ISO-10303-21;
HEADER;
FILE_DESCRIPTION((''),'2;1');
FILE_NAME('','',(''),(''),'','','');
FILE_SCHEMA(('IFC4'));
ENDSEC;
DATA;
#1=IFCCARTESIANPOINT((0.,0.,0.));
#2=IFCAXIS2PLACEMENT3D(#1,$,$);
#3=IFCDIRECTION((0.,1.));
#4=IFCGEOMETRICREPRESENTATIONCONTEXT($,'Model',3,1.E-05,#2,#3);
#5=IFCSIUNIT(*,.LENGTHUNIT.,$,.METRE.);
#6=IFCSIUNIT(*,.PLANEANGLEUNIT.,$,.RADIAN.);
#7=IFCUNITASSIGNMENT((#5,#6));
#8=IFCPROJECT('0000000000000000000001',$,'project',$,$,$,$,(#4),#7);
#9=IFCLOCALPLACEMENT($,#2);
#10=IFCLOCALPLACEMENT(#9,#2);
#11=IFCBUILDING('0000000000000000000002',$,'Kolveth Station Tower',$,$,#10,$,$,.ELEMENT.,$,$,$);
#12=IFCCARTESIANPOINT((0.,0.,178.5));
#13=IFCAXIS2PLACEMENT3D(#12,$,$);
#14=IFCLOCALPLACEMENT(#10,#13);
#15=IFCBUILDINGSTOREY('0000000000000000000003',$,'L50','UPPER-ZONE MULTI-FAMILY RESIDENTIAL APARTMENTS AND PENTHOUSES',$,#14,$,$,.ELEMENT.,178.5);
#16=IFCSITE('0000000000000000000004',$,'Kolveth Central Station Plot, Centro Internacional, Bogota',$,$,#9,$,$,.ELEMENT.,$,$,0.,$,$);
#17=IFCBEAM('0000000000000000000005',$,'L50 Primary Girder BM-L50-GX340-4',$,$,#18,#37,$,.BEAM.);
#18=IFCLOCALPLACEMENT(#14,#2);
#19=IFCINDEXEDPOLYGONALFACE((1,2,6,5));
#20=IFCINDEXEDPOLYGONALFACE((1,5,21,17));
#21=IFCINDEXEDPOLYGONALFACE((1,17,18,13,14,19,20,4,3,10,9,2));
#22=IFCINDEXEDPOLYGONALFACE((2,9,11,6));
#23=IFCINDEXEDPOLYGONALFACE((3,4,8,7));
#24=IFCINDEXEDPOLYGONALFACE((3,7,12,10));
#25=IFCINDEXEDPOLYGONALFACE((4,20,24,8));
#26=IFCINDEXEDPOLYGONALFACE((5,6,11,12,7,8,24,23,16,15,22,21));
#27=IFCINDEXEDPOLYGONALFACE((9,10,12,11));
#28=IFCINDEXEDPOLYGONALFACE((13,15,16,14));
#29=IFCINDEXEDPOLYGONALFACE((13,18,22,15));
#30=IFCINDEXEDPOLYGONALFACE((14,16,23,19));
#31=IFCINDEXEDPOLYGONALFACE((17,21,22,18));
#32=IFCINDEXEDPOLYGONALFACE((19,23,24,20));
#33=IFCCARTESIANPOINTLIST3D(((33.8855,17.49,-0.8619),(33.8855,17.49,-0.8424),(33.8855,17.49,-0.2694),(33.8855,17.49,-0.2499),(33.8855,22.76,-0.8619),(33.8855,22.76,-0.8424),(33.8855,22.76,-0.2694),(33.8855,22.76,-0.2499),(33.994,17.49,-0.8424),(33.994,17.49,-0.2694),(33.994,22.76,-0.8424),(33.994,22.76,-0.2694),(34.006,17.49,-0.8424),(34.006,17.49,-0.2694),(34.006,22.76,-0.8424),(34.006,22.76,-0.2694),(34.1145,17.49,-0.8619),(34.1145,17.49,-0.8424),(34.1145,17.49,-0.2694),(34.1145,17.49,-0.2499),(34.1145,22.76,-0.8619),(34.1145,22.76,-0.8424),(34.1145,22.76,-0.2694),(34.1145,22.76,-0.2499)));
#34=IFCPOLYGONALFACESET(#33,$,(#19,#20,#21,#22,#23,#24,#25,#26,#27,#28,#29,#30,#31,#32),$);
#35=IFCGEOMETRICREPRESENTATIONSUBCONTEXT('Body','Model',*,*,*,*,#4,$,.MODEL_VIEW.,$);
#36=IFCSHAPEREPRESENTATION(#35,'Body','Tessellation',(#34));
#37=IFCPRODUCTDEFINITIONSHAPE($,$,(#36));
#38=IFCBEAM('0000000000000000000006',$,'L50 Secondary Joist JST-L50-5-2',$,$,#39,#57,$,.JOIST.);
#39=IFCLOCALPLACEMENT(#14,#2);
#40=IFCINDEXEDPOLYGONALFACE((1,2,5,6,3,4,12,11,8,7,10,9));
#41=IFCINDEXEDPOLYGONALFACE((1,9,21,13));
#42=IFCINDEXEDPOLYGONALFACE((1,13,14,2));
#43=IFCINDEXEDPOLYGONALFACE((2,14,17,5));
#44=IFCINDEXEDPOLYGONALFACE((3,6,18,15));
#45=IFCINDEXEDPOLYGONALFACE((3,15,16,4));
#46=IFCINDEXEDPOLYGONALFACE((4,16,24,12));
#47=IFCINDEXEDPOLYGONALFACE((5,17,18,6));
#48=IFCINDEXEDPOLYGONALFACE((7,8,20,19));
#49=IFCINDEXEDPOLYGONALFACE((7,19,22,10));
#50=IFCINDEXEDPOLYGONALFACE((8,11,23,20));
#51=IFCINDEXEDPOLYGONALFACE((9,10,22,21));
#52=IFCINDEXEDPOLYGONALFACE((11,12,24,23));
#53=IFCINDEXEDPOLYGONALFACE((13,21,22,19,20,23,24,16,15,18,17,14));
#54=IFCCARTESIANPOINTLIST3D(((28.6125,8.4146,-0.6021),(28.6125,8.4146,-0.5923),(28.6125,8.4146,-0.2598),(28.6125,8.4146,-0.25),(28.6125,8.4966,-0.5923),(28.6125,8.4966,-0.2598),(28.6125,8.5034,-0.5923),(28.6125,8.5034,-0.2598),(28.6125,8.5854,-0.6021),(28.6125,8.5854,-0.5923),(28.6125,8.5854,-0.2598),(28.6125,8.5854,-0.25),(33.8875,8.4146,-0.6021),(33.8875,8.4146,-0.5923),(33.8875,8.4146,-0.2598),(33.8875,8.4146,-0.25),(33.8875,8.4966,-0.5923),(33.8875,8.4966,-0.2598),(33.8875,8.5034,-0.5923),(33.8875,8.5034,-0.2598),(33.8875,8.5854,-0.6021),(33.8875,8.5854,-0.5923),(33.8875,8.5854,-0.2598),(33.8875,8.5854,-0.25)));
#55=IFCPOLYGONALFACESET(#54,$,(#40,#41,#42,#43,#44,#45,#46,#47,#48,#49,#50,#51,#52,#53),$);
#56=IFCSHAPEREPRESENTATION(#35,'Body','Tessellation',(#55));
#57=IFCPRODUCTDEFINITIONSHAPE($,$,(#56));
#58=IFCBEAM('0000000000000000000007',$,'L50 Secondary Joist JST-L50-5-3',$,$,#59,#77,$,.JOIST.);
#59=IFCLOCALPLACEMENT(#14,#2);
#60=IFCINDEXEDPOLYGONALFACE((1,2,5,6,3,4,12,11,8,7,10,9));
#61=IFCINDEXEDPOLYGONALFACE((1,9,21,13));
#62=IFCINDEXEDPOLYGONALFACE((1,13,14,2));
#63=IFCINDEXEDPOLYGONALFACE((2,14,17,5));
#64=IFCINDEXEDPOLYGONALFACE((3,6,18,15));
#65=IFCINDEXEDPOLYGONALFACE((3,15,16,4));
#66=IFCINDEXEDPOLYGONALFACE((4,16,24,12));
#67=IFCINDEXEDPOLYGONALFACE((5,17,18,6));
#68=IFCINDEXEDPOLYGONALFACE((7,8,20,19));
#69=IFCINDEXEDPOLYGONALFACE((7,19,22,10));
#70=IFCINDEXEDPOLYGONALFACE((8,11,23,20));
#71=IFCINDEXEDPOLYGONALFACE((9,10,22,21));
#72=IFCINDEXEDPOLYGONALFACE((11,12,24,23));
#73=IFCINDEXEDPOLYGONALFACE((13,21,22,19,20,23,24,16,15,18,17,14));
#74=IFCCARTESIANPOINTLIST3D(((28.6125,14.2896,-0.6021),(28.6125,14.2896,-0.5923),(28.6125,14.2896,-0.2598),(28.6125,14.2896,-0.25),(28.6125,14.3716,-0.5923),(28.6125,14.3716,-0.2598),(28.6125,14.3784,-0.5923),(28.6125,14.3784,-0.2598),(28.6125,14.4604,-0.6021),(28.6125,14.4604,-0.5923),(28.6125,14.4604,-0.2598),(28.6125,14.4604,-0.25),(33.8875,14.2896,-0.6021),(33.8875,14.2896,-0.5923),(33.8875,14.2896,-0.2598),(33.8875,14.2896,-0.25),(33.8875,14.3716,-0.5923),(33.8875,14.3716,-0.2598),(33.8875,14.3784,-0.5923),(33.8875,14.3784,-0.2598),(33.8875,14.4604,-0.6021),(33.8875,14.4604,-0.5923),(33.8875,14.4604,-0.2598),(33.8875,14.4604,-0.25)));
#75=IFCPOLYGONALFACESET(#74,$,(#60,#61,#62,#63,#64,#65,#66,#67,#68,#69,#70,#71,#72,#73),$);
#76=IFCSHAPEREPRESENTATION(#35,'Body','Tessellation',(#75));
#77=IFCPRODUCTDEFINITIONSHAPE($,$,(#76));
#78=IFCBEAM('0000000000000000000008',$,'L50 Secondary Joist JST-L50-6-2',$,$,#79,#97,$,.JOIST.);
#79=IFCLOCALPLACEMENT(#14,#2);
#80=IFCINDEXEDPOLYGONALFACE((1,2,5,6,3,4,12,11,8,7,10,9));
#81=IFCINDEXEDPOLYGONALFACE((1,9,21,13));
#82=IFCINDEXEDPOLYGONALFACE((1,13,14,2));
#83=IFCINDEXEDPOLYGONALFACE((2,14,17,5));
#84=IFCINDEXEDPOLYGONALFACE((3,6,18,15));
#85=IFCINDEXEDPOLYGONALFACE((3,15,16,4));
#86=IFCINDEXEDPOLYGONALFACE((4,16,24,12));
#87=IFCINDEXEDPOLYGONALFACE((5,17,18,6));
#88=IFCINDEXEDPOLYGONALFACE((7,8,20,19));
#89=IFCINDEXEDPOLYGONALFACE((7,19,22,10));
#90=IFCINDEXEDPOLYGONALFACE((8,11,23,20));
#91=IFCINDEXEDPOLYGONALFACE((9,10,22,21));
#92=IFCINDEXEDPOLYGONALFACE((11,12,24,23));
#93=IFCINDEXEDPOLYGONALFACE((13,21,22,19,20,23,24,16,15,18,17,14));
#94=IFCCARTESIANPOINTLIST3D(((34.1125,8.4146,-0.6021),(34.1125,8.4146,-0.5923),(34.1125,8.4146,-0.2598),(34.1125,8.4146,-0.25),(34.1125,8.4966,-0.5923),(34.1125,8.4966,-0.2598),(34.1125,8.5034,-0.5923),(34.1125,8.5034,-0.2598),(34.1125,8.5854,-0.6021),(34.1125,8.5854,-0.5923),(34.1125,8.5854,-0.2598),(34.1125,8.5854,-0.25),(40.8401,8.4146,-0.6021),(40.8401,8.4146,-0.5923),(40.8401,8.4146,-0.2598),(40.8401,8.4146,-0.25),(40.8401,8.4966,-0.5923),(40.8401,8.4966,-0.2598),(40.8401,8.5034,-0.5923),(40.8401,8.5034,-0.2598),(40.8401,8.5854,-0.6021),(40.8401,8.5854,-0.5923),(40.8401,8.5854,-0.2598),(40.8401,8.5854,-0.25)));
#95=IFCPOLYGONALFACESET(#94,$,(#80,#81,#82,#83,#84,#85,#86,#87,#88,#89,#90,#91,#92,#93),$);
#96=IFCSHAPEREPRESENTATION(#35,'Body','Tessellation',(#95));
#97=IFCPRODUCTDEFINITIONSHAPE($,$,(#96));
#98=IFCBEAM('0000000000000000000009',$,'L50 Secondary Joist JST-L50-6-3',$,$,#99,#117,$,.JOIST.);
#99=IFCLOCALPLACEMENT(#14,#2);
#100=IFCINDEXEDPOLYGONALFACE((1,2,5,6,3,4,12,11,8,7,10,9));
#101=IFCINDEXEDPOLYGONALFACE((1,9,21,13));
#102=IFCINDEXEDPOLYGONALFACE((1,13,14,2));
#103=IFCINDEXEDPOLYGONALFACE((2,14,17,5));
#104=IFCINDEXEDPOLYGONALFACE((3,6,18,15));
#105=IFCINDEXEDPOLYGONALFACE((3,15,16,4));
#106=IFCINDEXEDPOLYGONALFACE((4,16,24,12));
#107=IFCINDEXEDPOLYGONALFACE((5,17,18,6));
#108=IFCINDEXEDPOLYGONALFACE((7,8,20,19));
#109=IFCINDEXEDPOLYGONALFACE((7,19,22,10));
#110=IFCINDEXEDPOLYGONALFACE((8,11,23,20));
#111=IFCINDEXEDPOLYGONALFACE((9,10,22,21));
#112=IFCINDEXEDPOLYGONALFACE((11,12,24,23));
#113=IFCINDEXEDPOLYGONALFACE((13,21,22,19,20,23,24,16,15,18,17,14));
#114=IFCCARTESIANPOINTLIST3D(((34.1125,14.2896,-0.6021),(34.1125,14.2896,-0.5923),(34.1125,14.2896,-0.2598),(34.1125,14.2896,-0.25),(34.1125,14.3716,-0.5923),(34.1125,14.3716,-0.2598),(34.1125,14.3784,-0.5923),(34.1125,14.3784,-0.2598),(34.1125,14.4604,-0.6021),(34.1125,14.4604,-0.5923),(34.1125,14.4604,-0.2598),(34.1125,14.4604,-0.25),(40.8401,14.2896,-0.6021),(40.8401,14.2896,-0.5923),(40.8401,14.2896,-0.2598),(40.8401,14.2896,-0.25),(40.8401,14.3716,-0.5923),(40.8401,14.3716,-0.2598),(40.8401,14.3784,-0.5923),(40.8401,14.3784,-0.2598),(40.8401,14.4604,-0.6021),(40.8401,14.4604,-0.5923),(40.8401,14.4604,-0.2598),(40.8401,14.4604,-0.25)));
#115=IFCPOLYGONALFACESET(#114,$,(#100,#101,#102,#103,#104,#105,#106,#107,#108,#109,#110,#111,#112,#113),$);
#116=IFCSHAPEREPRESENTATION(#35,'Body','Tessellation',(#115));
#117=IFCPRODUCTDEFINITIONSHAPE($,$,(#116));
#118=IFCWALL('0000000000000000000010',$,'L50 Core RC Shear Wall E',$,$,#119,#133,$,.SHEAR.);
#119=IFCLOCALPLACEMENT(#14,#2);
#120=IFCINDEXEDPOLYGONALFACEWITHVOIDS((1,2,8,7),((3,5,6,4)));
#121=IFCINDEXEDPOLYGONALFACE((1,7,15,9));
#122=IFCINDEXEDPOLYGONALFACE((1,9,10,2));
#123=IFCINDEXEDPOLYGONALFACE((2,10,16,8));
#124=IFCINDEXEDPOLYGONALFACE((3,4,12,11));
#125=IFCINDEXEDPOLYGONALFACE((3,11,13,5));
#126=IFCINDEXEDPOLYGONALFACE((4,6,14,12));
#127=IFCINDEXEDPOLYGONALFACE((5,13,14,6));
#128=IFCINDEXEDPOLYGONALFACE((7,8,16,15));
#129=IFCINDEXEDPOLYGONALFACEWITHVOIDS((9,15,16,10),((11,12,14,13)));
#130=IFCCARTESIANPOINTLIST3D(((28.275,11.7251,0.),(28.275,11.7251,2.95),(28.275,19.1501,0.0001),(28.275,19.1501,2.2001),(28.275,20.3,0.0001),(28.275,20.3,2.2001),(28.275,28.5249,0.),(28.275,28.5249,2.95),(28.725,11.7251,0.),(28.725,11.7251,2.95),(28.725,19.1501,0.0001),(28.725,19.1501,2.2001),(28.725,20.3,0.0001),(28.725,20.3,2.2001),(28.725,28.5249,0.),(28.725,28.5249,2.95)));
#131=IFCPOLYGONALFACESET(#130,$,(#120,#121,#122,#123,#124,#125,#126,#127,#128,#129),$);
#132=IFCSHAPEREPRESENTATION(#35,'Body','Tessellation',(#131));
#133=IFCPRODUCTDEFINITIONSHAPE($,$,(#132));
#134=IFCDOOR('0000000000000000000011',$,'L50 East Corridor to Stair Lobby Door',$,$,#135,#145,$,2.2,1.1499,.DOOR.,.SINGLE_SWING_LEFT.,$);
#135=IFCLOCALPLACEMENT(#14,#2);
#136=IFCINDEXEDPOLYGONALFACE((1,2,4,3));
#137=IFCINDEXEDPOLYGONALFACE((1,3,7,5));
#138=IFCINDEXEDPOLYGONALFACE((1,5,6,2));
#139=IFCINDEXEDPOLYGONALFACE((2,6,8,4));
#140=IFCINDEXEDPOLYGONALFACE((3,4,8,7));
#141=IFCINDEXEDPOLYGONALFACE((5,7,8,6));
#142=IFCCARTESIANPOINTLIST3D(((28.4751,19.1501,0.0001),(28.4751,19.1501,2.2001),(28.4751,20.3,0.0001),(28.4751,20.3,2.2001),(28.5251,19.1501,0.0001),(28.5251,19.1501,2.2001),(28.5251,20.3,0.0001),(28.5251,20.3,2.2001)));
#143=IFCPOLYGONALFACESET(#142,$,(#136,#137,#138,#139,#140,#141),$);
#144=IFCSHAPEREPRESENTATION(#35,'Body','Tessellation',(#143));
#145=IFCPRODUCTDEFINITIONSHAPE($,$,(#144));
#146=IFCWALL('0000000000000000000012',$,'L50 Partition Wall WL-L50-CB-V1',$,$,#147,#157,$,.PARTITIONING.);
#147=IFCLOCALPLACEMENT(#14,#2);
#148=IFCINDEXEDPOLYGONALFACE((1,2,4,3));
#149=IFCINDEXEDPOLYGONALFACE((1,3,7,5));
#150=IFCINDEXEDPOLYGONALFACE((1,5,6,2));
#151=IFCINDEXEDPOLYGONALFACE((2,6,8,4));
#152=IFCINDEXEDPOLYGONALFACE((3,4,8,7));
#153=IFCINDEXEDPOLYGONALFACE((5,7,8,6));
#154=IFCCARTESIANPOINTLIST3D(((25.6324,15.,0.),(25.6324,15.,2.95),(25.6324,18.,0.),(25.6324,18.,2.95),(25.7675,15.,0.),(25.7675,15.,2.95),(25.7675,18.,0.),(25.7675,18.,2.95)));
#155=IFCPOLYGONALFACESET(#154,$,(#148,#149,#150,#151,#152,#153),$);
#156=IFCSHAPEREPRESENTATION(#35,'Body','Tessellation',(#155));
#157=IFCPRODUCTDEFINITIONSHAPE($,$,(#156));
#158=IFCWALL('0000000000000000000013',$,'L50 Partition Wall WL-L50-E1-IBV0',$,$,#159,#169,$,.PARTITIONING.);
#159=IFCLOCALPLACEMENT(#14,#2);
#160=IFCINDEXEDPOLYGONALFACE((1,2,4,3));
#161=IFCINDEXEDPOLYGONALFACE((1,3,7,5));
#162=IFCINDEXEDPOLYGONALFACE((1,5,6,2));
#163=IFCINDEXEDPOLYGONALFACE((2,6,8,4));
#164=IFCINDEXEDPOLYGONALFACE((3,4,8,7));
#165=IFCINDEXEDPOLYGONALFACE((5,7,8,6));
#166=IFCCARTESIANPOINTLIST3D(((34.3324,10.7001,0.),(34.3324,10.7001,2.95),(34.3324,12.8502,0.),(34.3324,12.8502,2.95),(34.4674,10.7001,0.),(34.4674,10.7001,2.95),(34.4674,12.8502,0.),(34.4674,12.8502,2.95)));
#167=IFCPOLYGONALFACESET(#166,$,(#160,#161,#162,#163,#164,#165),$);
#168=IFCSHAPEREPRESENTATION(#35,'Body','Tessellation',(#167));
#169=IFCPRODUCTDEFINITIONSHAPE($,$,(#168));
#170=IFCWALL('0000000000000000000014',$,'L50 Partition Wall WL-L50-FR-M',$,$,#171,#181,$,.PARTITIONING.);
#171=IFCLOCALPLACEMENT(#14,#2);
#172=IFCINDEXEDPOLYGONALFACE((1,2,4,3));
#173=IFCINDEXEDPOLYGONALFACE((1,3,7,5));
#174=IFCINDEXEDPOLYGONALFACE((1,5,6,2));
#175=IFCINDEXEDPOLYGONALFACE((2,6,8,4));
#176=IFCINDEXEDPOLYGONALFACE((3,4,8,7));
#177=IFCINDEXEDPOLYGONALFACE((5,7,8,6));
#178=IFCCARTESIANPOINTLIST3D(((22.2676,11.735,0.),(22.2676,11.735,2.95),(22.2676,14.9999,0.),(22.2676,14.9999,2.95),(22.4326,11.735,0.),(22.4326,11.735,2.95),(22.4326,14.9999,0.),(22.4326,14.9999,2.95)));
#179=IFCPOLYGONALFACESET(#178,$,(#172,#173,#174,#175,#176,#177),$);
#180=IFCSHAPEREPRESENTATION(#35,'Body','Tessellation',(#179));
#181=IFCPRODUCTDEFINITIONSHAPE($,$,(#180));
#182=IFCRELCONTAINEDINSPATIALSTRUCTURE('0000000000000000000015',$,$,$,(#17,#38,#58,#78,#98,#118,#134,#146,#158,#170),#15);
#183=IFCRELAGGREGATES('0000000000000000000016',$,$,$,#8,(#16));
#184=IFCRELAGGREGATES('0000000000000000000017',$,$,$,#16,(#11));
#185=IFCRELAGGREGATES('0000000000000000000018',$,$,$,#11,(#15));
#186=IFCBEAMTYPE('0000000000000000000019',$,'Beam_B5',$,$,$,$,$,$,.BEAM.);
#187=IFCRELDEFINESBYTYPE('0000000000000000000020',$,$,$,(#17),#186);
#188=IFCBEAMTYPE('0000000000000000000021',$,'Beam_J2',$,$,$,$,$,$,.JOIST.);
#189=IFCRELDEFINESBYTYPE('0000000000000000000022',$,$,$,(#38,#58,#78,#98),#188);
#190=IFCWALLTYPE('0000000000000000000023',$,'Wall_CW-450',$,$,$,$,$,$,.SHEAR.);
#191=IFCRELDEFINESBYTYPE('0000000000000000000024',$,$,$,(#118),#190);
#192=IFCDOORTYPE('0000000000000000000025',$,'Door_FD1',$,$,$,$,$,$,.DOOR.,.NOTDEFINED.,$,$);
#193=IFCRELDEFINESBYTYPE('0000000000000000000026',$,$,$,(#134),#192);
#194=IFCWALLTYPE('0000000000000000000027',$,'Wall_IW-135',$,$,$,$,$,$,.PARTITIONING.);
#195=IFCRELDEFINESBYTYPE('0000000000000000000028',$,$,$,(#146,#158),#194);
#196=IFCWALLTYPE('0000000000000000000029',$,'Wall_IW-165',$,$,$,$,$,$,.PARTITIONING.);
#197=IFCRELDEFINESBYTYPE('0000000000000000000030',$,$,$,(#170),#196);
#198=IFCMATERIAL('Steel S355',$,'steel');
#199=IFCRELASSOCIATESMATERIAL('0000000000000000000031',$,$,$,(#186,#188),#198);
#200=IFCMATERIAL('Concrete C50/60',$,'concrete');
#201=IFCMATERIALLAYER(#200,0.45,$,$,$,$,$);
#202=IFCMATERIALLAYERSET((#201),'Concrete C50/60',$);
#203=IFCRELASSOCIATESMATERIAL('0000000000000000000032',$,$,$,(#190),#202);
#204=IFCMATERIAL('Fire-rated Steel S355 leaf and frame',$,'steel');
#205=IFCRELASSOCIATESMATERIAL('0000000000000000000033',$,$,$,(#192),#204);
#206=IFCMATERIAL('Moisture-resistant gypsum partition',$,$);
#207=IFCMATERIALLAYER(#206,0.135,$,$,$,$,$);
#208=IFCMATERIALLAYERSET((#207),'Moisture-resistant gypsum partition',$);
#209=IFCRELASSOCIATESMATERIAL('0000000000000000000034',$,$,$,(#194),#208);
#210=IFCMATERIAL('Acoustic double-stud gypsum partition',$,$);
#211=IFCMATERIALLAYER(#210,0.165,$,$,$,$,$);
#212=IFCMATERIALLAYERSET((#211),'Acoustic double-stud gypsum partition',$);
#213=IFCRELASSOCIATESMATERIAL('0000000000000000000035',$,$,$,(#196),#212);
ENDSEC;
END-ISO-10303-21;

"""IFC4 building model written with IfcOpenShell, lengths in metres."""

from ifc_helpers import new_model, si_unit, direction, frame, frame_2d, origin, origin_2d, place, context, subcontext, project, spatial, rectangle, i_section, extrude, source, transform, mapped, material, layer, layer_set, material_profile, profile_set, type_object, element, fill, save


model = new_model("IFC4")

# Units and contexts
model_context = context("Model", 3, precision=1e-05, world=origin(), true_north=direction((0.0, 1.0)))
body_context = subcontext(model_context, "Body", "Model", "MODEL_VIEW")
ifc_project = project(units=[si_unit("LENGTHUNIT", "METRE"), si_unit("PLANEANGLEUNIT", "RADIAN")], contexts=[model_context])

# Site, building, storey
site_placement = place(None, origin())
site = spatial("IfcSite", under=ifc_project, at=site_placement, Name="Kolveth Central Station Plot, Centro Internacional, Bogota", CompositionType="ELEMENT", RefElevation=0.0)
building_placement = place(site_placement, origin())
building = spatial("IfcBuilding", under=site, at=building_placement, Name="Kolveth Station Tower", CompositionType="ELEMENT")
storey_placement = place(building_placement, frame((0.0, 0.0, 178.5)))
storey = spatial("IfcBuildingStorey", under=building, at=storey_placement, Name="L50", Description="UPPER-ZONE MULTI-FAMILY RESIDENTIAL APARTMENTS AND PENTHOUSES", CompositionType="ELEMENT", Elevation=178.5)

# Shared definitions
ifc_material_1 = material(Name="Steel S355", Category="steel")

# Beams
ifc_material_profile_1 = material_profile(ifc_material_1, i_section(OverallWidth=0.229, OverallDepth=0.6121, WebThickness=0.012, FlangeThickness=0.0195, at=origin_2d()), Name="W610x125")
ifc_profile_set_1 = profile_set([ifc_material_profile_1], Name="Steel S355")
beam_type_1 = type_object("IfcBeamType", Name="Beam_B5", PredefinedType="BEAM", material=ifc_profile_set_1)
shared_shape_1 = source(origin(), body_context, "Body", "SweptSolid", [
    extrude(i_section(OverallWidth=0.229, OverallDepth=0.6121, WebThickness=0.012, FlangeThickness=0.0195, at=origin_2d()), origin(), (0.0, 0.0, 1.0), 5.27),
])
for number, where, z_axis, x_axis, name in (
    (1, (34.0, 17.49, -0.5559), (0.0, 1.0, 0.0), (-1.0, 0.0, 0.0), "L50 Primary Girder BM-L50-GX340-4"),
):
    element("IfcBeam", number, at=place(storey_placement, frame(where, z_axis=z_axis, x_axis=x_axis)), inside=storey, type_object=beam_type_1, Name=name, PredefinedType="BEAM", context=body_context, shape_type="MappedRepresentation", body=[
        mapped(shared_shape_1, transform((0.0, 0.0, 0.0), x_axis=(1.0, 0.0, 0.0), y_axis=(0.0, 1.0, 0.0), z_axis=(0.0, 0.0, 1.0), scale=1.0)),
    ])
ifc_material_profile_2 = material_profile(ifc_material_1, i_section(OverallWidth=0.1709, OverallDepth=0.3521, WebThickness=0.0068, FlangeThickness=0.0098, at=origin_2d()), Name="W360x44")
ifc_profile_set_2 = profile_set([ifc_material_profile_2], Name="Steel S355")
beam_type_2 = type_object("IfcBeamType", Name="Beam_J2", PredefinedType="JOIST", material=ifc_profile_set_2)
shared_shape_2 = source(origin(), body_context, "Body", "SweptSolid", [
    extrude(i_section(OverallWidth=0.1709, OverallDepth=0.3521, WebThickness=0.0068, FlangeThickness=0.0098, at=origin_2d()), origin(), (0.0, 0.0, 1.0), 5.2749),
])
for number, where, z_axis, x_axis, name in (
    (2, (28.6125, 8.5, -0.426), (1.0, 0.0, 0.0), (0.0, 1.0, 0.0), "L50 Secondary Joist JST-L50-5-2"),
    (3, (28.6125, 14.375, -0.426), (1.0, 0.0, 0.0), (0.0, 1.0, 0.0), "L50 Secondary Joist JST-L50-5-3"),
):
    element("IfcBeam", number, at=place(storey_placement, frame(where, z_axis=z_axis, x_axis=x_axis)), inside=storey, type_object=beam_type_2, Name=name, PredefinedType="JOIST", context=body_context, shape_type="MappedRepresentation", body=[
        mapped(shared_shape_2, transform((0.0, 0.0, 0.0), x_axis=(1.0, 0.0, 0.0), y_axis=(0.0, 1.0, 0.0), z_axis=(0.0, 0.0, 1.0), scale=1.0)),
    ])
shared_shape_3 = source(origin(), body_context, "Body", "SweptSolid", [
    extrude(i_section(OverallWidth=0.1709, OverallDepth=0.3521, WebThickness=0.0068, FlangeThickness=0.0098, at=origin_2d()), origin(), (0.0, 0.0, 1.0), 6.7275),
])
for number, where, z_axis, x_axis, name in (
    (4, (34.1125, 8.5, -0.426), (1.0, 0.0, 0.0), (0.0, 1.0, 0.0), "L50 Secondary Joist JST-L50-6-2"),
    (5, (34.1125, 14.375, -0.426), (1.0, 0.0, 0.0), (0.0, 1.0, 0.0), "L50 Secondary Joist JST-L50-6-3"),
):
    element("IfcBeam", number, at=place(storey_placement, frame(where, z_axis=z_axis, x_axis=x_axis)), inside=storey, type_object=beam_type_2, Name=name, PredefinedType="JOIST", context=body_context, shape_type="MappedRepresentation", body=[
        mapped(shared_shape_3, transform((0.0, 0.0, 0.0), x_axis=(1.0, 0.0, 0.0), y_axis=(0.0, 1.0, 0.0), z_axis=(0.0, 0.0, 1.0), scale=1.0)),
    ])

# Wall, opening, door
ifc_material_2 = material(Name="Concrete C50/60", Category="concrete")
ifc_layer_1 = layer(ifc_material_2, 0.45)
ifc_layer_set_1 = layer_set([ifc_layer_1], Name="Concrete C50/60")
wall_type_1 = type_object("IfcWallType", Name="Wall_CW-450", PredefinedType="SHEAR", material=ifc_layer_set_1)
wall_1_placement = place(storey_placement, frame((28.5, 11.7251, 0.0), z_axis=(0.0, 0.0, 1.0), x_axis=(0.0, 1.0, 0.0)))
wall_1 = element("IfcWall", 6, at=wall_1_placement, inside=storey, type_object=wall_type_1, Name="L50 Core RC Shear Wall E", PredefinedType="SHEAR", context=body_context, shape_type="SweptSolid", body=[
    extrude(rectangle(XDim=16.7998, YDim=0.45, at=frame_2d((8.3999, 0.0))), origin(), (0.0, 0.0, 1.0), 2.95),
])
opening_1_placement = place(wall_1_placement, frame((7.425, 0.0, 0.0)))
opening_1 = element("IfcOpeningElement", 7, at=opening_1_placement, cuts=wall_1, PredefinedType="OPENING", context=body_context, shape_type="SweptSolid", body=[
    extrude(rectangle(XDim=1.1499, YDim=2.2, at=frame_2d((0.575, 1.1001))), frame((0.0, 0.2349, 0.0), z_axis=(0.0, -1.0, 0.0), x_axis=(1.0, 0.0, 0.0)), (0.0, 0.0, 1.0), 0.47),
])
ifc_material_3 = material(Name="Fire-rated Steel S355 leaf and frame", Category="steel")
door_type_1 = type_object("IfcDoorType", Name="Door_FD1", OperationType="NOTDEFINED", PredefinedType="DOOR", material=ifc_material_3)
door_1_placement = place(opening_1_placement, origin())
door_1 = element("IfcDoor", 8, at=door_1_placement, inside=storey, type_object=door_type_1, Name="L50 East Corridor to Stair Lobby Door", OperationType="SINGLE_SWING_LEFT", OverallHeight=2.2, OverallWidth=1.1499, PredefinedType="DOOR", context=body_context, shape_type="SweptSolid", body=[
    extrude(rectangle(XDim=1.1499, YDim=2.2, at=frame_2d((0.575, 1.1001))), frame((0.0, 0.0249, 0.0), z_axis=(0.0, -1.0, 0.0), x_axis=(1.0, 0.0, 0.0)), (0.0, 0.0, 1.0), 0.05),
])
fill(opening_1, door_1)

# Wall
ifc_material_4 = material(Name="Moisture-resistant gypsum partition")
ifc_layer_2 = layer(ifc_material_4, 0.135)
ifc_layer_set_2 = layer_set([ifc_layer_2], Name="Moisture-resistant gypsum partition")
wall_type_2 = type_object("IfcWallType", Name="Wall_IW-135", PredefinedType="PARTITIONING", material=ifc_layer_set_2)
wall_2_placement = place(storey_placement, frame((25.7, 15.0, 0.0), z_axis=(0.0, 0.0, 1.0), x_axis=(0.0, 1.0, 0.0)))
element("IfcWall", 9, at=wall_2_placement, inside=storey, type_object=wall_type_2, Name="L50 Partition Wall WL-L50-CB-V1", PredefinedType="PARTITIONING", context=body_context, shape_type="SweptSolid", body=[
    extrude(rectangle(XDim=3.0, YDim=0.135, at=frame_2d((1.5, 0.0))), origin(), (0.0, 0.0, 1.0), 2.95),
])

# Walls
wall_3_placement = place(storey_placement, frame((34.3999, 10.7, 0.0), z_axis=(0.0, 0.0, 1.0), x_axis=(0.0, 1.0, 0.0)))
element("IfcWall", 10, at=wall_3_placement, inside=storey, type_object=wall_type_2, Name="L50 Partition Wall WL-L50-E1-IBV0", PredefinedType="PARTITIONING", context=body_context, shape_type="SweptSolid", body=[
    extrude(rectangle(XDim=2.1501, YDim=0.135, at=frame_2d((1.0752, 0.0))), origin(), (0.0, 0.0, 1.0), 2.95),
])
ifc_material_5 = material(Name="Acoustic double-stud gypsum partition")
ifc_layer_3 = layer(ifc_material_5, 0.165)
ifc_layer_set_3 = layer_set([ifc_layer_3], Name="Acoustic double-stud gypsum partition")
wall_type_3 = type_object("IfcWallType", Name="Wall_IW-165", PredefinedType="PARTITIONING", material=ifc_layer_set_3)
wall_4_placement = place(storey_placement, frame((22.3501, 11.7351, 0.0), z_axis=(0.0, 0.0, 1.0), x_axis=(0.0, 1.0, 0.0)))
element("IfcWall", 11, at=wall_4_placement, inside=storey, type_object=wall_type_3, Name="L50 Partition Wall WL-L50-FR-M", PredefinedType="PARTITIONING", context=body_context, shape_type="SweptSolid", body=[
    extrude(rectangle(XDim=3.2649, YDim=0.165, at=frame_2d((1.6323, 0.0))), origin(), (0.0, 0.0, 1.0), 2.95),
])

save(model, "model.ifc")
